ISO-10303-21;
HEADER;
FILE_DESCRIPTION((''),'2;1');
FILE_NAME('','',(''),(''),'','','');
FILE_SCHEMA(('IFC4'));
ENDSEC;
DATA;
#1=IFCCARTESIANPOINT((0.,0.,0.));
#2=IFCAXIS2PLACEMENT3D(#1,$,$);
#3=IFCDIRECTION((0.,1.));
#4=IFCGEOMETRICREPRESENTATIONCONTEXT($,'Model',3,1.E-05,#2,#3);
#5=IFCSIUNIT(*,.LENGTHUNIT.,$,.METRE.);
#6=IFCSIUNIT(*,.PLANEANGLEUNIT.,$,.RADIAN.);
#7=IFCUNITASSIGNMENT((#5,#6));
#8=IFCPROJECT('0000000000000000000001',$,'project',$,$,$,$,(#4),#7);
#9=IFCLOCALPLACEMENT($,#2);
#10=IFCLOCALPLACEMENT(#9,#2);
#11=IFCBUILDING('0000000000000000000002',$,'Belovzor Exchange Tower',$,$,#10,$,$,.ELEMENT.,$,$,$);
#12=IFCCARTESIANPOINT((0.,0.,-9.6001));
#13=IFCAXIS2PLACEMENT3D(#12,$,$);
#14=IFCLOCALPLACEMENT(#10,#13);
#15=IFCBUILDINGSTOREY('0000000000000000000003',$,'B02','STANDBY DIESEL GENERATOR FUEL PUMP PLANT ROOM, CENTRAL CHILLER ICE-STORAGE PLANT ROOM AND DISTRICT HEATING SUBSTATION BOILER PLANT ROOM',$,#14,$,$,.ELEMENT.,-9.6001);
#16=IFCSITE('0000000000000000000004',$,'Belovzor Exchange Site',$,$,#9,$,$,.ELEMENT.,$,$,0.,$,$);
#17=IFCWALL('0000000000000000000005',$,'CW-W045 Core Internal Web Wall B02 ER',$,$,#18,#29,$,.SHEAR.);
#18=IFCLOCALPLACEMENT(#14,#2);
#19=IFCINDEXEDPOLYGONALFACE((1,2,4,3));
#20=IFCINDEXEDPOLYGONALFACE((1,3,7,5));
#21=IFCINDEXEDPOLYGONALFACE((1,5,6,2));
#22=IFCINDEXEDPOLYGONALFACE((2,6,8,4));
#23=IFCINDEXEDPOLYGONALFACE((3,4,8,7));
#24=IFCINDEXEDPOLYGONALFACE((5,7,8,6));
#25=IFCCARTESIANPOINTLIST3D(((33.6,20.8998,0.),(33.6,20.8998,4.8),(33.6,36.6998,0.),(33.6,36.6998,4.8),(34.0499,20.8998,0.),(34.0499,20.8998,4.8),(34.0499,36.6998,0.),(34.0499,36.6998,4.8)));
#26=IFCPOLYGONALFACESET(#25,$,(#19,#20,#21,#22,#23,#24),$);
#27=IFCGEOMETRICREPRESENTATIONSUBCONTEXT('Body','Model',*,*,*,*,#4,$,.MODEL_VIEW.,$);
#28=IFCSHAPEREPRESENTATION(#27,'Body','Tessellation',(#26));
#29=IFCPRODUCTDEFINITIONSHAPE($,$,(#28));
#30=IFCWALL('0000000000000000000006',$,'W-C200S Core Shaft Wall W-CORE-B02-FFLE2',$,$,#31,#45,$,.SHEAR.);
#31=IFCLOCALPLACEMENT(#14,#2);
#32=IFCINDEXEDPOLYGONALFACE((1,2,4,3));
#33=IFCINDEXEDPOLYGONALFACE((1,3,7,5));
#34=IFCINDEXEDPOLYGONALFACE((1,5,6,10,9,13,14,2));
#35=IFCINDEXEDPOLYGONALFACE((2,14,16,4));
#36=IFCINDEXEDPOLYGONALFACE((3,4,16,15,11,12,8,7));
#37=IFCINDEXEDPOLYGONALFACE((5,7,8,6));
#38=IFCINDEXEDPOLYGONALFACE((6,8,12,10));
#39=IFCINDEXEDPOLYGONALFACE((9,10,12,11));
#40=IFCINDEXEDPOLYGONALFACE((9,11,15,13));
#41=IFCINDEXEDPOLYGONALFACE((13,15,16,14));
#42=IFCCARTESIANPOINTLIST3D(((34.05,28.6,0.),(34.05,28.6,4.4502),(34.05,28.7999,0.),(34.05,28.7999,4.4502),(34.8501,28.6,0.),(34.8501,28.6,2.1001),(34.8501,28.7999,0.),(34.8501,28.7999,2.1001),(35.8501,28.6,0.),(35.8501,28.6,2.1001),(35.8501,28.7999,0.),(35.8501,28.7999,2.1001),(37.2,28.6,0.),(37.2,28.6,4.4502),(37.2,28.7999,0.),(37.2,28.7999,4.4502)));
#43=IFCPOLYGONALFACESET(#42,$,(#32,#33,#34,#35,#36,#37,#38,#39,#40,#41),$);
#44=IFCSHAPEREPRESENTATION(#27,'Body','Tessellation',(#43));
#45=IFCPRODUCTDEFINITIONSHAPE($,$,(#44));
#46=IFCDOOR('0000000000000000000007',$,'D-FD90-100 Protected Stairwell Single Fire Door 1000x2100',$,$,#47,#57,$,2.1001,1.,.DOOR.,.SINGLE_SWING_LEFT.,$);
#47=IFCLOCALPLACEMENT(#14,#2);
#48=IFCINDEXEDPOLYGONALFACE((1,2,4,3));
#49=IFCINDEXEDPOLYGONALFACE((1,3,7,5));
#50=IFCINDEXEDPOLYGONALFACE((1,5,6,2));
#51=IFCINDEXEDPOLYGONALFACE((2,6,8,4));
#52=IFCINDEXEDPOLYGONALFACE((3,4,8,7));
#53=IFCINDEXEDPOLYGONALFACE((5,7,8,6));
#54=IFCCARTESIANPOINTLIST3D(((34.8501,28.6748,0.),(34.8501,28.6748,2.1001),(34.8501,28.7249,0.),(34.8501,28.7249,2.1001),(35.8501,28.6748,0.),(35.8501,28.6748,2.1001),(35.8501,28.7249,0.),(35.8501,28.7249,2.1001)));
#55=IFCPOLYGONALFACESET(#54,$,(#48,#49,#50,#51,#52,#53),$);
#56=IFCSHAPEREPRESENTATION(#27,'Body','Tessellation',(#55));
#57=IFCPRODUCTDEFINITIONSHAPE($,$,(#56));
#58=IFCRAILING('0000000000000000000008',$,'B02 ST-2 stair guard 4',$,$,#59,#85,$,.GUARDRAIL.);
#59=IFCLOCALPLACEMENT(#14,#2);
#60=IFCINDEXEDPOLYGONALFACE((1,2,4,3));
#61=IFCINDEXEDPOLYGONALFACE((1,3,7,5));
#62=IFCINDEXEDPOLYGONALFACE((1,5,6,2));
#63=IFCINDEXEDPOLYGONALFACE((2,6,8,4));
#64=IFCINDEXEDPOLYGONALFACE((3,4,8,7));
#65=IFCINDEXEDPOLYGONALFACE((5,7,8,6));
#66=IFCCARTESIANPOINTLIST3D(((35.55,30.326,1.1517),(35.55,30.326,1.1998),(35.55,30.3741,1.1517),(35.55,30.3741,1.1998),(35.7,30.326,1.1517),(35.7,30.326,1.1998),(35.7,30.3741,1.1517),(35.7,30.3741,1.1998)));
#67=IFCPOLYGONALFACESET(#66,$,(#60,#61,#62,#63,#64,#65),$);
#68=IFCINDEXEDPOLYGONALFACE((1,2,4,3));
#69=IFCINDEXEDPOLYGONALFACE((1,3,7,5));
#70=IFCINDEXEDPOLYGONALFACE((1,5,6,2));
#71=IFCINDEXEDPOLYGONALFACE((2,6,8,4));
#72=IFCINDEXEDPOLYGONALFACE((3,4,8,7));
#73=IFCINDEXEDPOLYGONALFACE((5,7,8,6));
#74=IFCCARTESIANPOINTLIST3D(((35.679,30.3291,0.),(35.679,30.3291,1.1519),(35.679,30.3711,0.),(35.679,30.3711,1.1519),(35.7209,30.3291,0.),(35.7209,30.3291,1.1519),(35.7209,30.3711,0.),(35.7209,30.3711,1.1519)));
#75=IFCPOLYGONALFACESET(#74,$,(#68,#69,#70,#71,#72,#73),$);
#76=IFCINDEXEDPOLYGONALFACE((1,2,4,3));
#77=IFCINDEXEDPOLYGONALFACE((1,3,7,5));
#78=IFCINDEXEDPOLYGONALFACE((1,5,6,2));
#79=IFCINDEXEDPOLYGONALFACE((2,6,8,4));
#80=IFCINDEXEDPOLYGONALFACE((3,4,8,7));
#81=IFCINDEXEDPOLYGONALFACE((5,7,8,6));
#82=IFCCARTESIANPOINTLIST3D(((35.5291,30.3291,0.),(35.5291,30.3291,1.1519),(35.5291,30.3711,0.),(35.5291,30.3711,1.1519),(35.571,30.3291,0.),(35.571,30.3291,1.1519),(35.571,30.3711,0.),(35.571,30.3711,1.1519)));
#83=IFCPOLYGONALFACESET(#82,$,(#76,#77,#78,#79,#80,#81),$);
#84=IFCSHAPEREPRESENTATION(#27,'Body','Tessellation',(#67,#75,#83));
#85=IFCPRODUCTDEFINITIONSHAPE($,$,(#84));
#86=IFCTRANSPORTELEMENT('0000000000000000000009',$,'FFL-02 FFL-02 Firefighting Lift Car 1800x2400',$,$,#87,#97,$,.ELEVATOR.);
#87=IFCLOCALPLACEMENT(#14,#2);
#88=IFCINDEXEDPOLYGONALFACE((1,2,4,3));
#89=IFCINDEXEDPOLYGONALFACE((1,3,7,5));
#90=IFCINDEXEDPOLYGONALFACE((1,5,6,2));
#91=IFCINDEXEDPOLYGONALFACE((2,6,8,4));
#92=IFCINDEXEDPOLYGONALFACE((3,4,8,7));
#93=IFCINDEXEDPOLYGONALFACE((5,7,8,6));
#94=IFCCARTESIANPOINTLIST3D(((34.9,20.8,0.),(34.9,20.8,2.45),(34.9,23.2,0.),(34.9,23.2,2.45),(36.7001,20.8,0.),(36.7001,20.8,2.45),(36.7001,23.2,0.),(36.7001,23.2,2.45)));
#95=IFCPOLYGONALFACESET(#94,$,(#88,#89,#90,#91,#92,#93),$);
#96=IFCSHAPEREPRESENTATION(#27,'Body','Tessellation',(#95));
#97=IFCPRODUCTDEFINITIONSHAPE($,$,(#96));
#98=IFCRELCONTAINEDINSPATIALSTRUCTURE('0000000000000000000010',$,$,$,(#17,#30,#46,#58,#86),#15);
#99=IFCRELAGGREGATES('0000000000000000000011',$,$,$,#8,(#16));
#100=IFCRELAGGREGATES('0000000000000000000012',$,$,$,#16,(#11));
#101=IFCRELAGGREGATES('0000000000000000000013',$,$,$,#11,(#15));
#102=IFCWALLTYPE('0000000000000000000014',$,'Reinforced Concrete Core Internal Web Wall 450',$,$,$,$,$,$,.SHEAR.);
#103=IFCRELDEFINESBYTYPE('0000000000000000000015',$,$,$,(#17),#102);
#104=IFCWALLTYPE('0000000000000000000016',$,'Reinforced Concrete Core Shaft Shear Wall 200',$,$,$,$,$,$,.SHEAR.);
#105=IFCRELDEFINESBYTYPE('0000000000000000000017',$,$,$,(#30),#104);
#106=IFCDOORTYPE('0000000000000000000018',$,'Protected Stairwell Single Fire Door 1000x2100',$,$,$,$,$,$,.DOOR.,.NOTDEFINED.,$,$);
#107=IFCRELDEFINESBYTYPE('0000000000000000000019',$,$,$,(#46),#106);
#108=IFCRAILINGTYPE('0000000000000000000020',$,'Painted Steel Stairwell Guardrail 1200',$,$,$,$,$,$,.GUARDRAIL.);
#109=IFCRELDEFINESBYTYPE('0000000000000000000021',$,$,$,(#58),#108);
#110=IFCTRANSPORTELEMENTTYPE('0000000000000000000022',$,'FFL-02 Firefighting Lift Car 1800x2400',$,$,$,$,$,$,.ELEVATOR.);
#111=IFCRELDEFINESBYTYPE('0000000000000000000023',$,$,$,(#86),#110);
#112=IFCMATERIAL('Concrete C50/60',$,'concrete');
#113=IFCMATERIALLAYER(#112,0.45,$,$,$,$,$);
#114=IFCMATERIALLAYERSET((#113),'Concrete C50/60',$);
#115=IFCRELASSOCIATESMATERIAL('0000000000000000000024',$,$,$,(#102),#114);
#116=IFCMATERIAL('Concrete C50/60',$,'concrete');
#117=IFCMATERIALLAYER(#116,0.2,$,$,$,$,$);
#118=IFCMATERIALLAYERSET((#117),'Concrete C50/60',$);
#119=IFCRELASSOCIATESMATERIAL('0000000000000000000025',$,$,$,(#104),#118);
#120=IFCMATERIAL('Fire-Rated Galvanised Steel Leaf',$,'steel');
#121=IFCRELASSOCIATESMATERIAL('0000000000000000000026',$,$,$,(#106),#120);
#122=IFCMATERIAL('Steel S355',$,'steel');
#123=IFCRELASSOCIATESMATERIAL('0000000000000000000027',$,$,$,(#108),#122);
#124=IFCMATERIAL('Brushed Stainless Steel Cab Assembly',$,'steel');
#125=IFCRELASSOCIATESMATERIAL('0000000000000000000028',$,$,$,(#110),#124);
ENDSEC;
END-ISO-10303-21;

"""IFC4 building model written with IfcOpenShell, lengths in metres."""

from ifc_helpers import new_model, si_unit, direction, frame, frame_2d, origin, origin_2d, place, context, subcontext, project, spatial, rectangle, extrude, material, layer, layer_set, type_object, element, fill, save


model = new_model("IFC4")

# Units and contexts
model_context = context("Model", 3, precision=1e-05, world=origin(), true_north=direction((0.0, 1.0)))
body_context = subcontext(model_context, "Body", "Model", "MODEL_VIEW")
ifc_project = project(units=[si_unit("LENGTHUNIT", "METRE"), si_unit("PLANEANGLEUNIT", "RADIAN")], contexts=[model_context])

# Site, building, storey
site_placement = place(None, origin())
site = spatial("IfcSite", under=ifc_project, at=site_placement, Name="Belovzor Exchange Site", CompositionType="ELEMENT", RefElevation=0.0)
building_placement = place(site_placement, origin())
building = spatial("IfcBuilding", under=site, at=building_placement, Name="Belovzor Exchange Tower", CompositionType="ELEMENT")
storey_placement = place(building_placement, frame((0.0, 0.0, -9.6001)))
storey = spatial("IfcBuildingStorey", under=building, at=storey_placement, Name="B02", Description="STANDBY DIESEL GENERATOR FUEL PUMP PLANT ROOM, CENTRAL CHILLER ICE-STORAGE PLANT ROOM AND DISTRICT HEATING SUBSTATION BOILER PLANT ROOM", CompositionType="ELEMENT", Elevation=-9.6001)

# Wall
ifc_material_1 = material(Name="Concrete C50/60", Category="concrete")
ifc_layer_1 = layer(ifc_material_1, 0.45)
ifc_layer_set_1 = layer_set([ifc_layer_1], Name="Concrete C50/60")
wall_type_1 = type_object("IfcWallType", Name="Reinforced Concrete Core Internal Web Wall 450", PredefinedType="SHEAR", material=ifc_layer_set_1)
wall_1_placement = place(storey_placement, frame((33.825, 20.8999, 0.0), z_axis=(0.0, 0.0, 1.0), x_axis=(0.0, 1.0, 0.0)))
element("IfcWall", 1, at=wall_1_placement, inside=storey, type_object=wall_type_1, Name="CW-W045 Core Internal Web Wall B02 ER", PredefinedType="SHEAR", context=body_context, shape_type="SweptSolid", body=[
    extrude(rectangle(XDim=15.8, YDim=0.45, at=frame_2d((7.8999, 0.0))), origin(), (0.0, 0.0, 1.0), 4.8),
])

# Wall, opening, door
ifc_material_2 = material(Name="Concrete C50/60", Category="concrete")
ifc_layer_2 = layer(ifc_material_2, 0.2)
ifc_layer_set_2 = layer_set([ifc_layer_2], Name="Concrete C50/60")
wall_type_2 = type_object("IfcWallType", Name="Reinforced Concrete Core Shaft Shear Wall 200", PredefinedType="SHEAR", material=ifc_layer_set_2)
wall_2_placement = place(storey_placement, frame((34.05, 28.7, 0.0), z_axis=(0.0, 0.0, 1.0), x_axis=(1.0, 0.0, 0.0)))
wall_2 = element("IfcWall", 2, at=wall_2_placement, inside=storey, type_object=wall_type_2, Name="W-C200S Core Shaft Wall W-CORE-B02-FFLE2", PredefinedType="SHEAR", context=body_context, shape_type="SweptSolid", body=[
    extrude(rectangle(XDim=3.1499, YDim=0.2, at=frame_2d((1.575, 0.0))), origin(), (0.0, 0.0, 1.0), 4.4502),
])
opening_1_placement = place(wall_2_placement, frame((0.8, 0.0, 0.0)))
opening_1 = element("IfcOpeningElement", 3, at=opening_1_placement, cuts=wall_2, PredefinedType="OPENING", context=body_context, shape_type="SweptSolid", body=[
    extrude(rectangle(XDim=1.0, YDim=2.1001, at=frame_2d((0.5, 1.05))), frame((0.0, 0.1099, 0.0), z_axis=(0.0, -1.0, 0.0), x_axis=(1.0, 0.0, 0.0)), (0.0, 0.0, 1.0), 0.22),
])
ifc_material_3 = material(Name="Fire-Rated Galvanised Steel Leaf", Category="steel")
door_type_1 = type_object("IfcDoorType", Name="Protected Stairwell Single Fire Door 1000x2100", OperationType="NOTDEFINED", PredefinedType="DOOR", material=ifc_material_3)
door_1_placement = place(opening_1_placement, origin())
door_1 = element("IfcDoor", 4, at=door_1_placement, inside=storey, type_object=door_type_1, Name="D-FD90-100 Protected Stairwell Single Fire Door 1000x2100", OperationType="SINGLE_SWING_LEFT", OverallHeight=2.1001, OverallWidth=1.0, PredefinedType="DOOR", context=body_context, shape_type="SweptSolid", body=[
    extrude(rectangle(XDim=1.0, YDim=2.1001, at=frame_2d((0.5, 1.05))), frame((0.0, 0.0249, 0.0), z_axis=(0.0, -1.0, 0.0), x_axis=(1.0, 0.0, 0.0)), (0.0, 0.0, 1.0), 0.05),
])
fill(opening_1, door_1)

# Railing
ifc_material_4 = material(Name="Steel S355", Category="steel")
railing_type = type_object("IfcRailingType", Name="Painted Steel Stairwell Guardrail 1200", PredefinedType="GUARDRAIL", material=ifc_material_4)
railing_placement = place(storey_placement, frame((35.7, 30.3501, 0.0)))
element("IfcRailing", 5, at=railing_placement, inside=storey, type_object=railing_type, Name="B02 ST-2 stair guard 4", PredefinedType="GUARDRAIL", context=body_context, shape_type="SweptSolid", body=[
    extrude(rectangle(XDim=0.0481, YDim=0.0481, at=origin_2d()), frame((0.0, 0.0, 1.1758), z_axis=(-1.0, 0.0, 0.0), x_axis=(0.0, -1.0, 0.0)), (0.0, 0.0, 1.0), 0.1499),
    extrude(rectangle(XDim=0.042, YDim=0.042, at=origin_2d()), origin(), (0.0, 0.0, 1.0), 1.1519),
    extrude(rectangle(XDim=0.042, YDim=0.042, at=origin_2d()), frame((-0.1499, 0.0, 0.0)), (0.0, 0.0, 1.0), 1.1519),
])

# Transport element
ifc_material_5 = material(Name="Brushed Stainless Steel Cab Assembly", Category="steel")
transport_element_type = type_object("IfcTransportElementType", Name="FFL-02 Firefighting Lift Car 1800x2400", PredefinedType="ELEVATOR", material=ifc_material_5)
transport_element_placement = place(storey_placement, frame((35.8, 22.0, 0.0), z_axis=(0.0, 0.0, 1.0), x_axis=(1.0, 0.0, 0.0)))
element("IfcTransportElement", 6, at=transport_element_placement, inside=storey, type_object=transport_element_type, Name="FFL-02 FFL-02 Firefighting Lift Car 1800x2400", PredefinedType="ELEVATOR", context=body_context, shape_type="SweptSolid", body=[
    extrude(rectangle(XDim=1.8, YDim=2.3999, at=origin_2d()), origin(), (0.0, 0.0, 1.0), 2.45),
])

save(model, "model.ifc")
